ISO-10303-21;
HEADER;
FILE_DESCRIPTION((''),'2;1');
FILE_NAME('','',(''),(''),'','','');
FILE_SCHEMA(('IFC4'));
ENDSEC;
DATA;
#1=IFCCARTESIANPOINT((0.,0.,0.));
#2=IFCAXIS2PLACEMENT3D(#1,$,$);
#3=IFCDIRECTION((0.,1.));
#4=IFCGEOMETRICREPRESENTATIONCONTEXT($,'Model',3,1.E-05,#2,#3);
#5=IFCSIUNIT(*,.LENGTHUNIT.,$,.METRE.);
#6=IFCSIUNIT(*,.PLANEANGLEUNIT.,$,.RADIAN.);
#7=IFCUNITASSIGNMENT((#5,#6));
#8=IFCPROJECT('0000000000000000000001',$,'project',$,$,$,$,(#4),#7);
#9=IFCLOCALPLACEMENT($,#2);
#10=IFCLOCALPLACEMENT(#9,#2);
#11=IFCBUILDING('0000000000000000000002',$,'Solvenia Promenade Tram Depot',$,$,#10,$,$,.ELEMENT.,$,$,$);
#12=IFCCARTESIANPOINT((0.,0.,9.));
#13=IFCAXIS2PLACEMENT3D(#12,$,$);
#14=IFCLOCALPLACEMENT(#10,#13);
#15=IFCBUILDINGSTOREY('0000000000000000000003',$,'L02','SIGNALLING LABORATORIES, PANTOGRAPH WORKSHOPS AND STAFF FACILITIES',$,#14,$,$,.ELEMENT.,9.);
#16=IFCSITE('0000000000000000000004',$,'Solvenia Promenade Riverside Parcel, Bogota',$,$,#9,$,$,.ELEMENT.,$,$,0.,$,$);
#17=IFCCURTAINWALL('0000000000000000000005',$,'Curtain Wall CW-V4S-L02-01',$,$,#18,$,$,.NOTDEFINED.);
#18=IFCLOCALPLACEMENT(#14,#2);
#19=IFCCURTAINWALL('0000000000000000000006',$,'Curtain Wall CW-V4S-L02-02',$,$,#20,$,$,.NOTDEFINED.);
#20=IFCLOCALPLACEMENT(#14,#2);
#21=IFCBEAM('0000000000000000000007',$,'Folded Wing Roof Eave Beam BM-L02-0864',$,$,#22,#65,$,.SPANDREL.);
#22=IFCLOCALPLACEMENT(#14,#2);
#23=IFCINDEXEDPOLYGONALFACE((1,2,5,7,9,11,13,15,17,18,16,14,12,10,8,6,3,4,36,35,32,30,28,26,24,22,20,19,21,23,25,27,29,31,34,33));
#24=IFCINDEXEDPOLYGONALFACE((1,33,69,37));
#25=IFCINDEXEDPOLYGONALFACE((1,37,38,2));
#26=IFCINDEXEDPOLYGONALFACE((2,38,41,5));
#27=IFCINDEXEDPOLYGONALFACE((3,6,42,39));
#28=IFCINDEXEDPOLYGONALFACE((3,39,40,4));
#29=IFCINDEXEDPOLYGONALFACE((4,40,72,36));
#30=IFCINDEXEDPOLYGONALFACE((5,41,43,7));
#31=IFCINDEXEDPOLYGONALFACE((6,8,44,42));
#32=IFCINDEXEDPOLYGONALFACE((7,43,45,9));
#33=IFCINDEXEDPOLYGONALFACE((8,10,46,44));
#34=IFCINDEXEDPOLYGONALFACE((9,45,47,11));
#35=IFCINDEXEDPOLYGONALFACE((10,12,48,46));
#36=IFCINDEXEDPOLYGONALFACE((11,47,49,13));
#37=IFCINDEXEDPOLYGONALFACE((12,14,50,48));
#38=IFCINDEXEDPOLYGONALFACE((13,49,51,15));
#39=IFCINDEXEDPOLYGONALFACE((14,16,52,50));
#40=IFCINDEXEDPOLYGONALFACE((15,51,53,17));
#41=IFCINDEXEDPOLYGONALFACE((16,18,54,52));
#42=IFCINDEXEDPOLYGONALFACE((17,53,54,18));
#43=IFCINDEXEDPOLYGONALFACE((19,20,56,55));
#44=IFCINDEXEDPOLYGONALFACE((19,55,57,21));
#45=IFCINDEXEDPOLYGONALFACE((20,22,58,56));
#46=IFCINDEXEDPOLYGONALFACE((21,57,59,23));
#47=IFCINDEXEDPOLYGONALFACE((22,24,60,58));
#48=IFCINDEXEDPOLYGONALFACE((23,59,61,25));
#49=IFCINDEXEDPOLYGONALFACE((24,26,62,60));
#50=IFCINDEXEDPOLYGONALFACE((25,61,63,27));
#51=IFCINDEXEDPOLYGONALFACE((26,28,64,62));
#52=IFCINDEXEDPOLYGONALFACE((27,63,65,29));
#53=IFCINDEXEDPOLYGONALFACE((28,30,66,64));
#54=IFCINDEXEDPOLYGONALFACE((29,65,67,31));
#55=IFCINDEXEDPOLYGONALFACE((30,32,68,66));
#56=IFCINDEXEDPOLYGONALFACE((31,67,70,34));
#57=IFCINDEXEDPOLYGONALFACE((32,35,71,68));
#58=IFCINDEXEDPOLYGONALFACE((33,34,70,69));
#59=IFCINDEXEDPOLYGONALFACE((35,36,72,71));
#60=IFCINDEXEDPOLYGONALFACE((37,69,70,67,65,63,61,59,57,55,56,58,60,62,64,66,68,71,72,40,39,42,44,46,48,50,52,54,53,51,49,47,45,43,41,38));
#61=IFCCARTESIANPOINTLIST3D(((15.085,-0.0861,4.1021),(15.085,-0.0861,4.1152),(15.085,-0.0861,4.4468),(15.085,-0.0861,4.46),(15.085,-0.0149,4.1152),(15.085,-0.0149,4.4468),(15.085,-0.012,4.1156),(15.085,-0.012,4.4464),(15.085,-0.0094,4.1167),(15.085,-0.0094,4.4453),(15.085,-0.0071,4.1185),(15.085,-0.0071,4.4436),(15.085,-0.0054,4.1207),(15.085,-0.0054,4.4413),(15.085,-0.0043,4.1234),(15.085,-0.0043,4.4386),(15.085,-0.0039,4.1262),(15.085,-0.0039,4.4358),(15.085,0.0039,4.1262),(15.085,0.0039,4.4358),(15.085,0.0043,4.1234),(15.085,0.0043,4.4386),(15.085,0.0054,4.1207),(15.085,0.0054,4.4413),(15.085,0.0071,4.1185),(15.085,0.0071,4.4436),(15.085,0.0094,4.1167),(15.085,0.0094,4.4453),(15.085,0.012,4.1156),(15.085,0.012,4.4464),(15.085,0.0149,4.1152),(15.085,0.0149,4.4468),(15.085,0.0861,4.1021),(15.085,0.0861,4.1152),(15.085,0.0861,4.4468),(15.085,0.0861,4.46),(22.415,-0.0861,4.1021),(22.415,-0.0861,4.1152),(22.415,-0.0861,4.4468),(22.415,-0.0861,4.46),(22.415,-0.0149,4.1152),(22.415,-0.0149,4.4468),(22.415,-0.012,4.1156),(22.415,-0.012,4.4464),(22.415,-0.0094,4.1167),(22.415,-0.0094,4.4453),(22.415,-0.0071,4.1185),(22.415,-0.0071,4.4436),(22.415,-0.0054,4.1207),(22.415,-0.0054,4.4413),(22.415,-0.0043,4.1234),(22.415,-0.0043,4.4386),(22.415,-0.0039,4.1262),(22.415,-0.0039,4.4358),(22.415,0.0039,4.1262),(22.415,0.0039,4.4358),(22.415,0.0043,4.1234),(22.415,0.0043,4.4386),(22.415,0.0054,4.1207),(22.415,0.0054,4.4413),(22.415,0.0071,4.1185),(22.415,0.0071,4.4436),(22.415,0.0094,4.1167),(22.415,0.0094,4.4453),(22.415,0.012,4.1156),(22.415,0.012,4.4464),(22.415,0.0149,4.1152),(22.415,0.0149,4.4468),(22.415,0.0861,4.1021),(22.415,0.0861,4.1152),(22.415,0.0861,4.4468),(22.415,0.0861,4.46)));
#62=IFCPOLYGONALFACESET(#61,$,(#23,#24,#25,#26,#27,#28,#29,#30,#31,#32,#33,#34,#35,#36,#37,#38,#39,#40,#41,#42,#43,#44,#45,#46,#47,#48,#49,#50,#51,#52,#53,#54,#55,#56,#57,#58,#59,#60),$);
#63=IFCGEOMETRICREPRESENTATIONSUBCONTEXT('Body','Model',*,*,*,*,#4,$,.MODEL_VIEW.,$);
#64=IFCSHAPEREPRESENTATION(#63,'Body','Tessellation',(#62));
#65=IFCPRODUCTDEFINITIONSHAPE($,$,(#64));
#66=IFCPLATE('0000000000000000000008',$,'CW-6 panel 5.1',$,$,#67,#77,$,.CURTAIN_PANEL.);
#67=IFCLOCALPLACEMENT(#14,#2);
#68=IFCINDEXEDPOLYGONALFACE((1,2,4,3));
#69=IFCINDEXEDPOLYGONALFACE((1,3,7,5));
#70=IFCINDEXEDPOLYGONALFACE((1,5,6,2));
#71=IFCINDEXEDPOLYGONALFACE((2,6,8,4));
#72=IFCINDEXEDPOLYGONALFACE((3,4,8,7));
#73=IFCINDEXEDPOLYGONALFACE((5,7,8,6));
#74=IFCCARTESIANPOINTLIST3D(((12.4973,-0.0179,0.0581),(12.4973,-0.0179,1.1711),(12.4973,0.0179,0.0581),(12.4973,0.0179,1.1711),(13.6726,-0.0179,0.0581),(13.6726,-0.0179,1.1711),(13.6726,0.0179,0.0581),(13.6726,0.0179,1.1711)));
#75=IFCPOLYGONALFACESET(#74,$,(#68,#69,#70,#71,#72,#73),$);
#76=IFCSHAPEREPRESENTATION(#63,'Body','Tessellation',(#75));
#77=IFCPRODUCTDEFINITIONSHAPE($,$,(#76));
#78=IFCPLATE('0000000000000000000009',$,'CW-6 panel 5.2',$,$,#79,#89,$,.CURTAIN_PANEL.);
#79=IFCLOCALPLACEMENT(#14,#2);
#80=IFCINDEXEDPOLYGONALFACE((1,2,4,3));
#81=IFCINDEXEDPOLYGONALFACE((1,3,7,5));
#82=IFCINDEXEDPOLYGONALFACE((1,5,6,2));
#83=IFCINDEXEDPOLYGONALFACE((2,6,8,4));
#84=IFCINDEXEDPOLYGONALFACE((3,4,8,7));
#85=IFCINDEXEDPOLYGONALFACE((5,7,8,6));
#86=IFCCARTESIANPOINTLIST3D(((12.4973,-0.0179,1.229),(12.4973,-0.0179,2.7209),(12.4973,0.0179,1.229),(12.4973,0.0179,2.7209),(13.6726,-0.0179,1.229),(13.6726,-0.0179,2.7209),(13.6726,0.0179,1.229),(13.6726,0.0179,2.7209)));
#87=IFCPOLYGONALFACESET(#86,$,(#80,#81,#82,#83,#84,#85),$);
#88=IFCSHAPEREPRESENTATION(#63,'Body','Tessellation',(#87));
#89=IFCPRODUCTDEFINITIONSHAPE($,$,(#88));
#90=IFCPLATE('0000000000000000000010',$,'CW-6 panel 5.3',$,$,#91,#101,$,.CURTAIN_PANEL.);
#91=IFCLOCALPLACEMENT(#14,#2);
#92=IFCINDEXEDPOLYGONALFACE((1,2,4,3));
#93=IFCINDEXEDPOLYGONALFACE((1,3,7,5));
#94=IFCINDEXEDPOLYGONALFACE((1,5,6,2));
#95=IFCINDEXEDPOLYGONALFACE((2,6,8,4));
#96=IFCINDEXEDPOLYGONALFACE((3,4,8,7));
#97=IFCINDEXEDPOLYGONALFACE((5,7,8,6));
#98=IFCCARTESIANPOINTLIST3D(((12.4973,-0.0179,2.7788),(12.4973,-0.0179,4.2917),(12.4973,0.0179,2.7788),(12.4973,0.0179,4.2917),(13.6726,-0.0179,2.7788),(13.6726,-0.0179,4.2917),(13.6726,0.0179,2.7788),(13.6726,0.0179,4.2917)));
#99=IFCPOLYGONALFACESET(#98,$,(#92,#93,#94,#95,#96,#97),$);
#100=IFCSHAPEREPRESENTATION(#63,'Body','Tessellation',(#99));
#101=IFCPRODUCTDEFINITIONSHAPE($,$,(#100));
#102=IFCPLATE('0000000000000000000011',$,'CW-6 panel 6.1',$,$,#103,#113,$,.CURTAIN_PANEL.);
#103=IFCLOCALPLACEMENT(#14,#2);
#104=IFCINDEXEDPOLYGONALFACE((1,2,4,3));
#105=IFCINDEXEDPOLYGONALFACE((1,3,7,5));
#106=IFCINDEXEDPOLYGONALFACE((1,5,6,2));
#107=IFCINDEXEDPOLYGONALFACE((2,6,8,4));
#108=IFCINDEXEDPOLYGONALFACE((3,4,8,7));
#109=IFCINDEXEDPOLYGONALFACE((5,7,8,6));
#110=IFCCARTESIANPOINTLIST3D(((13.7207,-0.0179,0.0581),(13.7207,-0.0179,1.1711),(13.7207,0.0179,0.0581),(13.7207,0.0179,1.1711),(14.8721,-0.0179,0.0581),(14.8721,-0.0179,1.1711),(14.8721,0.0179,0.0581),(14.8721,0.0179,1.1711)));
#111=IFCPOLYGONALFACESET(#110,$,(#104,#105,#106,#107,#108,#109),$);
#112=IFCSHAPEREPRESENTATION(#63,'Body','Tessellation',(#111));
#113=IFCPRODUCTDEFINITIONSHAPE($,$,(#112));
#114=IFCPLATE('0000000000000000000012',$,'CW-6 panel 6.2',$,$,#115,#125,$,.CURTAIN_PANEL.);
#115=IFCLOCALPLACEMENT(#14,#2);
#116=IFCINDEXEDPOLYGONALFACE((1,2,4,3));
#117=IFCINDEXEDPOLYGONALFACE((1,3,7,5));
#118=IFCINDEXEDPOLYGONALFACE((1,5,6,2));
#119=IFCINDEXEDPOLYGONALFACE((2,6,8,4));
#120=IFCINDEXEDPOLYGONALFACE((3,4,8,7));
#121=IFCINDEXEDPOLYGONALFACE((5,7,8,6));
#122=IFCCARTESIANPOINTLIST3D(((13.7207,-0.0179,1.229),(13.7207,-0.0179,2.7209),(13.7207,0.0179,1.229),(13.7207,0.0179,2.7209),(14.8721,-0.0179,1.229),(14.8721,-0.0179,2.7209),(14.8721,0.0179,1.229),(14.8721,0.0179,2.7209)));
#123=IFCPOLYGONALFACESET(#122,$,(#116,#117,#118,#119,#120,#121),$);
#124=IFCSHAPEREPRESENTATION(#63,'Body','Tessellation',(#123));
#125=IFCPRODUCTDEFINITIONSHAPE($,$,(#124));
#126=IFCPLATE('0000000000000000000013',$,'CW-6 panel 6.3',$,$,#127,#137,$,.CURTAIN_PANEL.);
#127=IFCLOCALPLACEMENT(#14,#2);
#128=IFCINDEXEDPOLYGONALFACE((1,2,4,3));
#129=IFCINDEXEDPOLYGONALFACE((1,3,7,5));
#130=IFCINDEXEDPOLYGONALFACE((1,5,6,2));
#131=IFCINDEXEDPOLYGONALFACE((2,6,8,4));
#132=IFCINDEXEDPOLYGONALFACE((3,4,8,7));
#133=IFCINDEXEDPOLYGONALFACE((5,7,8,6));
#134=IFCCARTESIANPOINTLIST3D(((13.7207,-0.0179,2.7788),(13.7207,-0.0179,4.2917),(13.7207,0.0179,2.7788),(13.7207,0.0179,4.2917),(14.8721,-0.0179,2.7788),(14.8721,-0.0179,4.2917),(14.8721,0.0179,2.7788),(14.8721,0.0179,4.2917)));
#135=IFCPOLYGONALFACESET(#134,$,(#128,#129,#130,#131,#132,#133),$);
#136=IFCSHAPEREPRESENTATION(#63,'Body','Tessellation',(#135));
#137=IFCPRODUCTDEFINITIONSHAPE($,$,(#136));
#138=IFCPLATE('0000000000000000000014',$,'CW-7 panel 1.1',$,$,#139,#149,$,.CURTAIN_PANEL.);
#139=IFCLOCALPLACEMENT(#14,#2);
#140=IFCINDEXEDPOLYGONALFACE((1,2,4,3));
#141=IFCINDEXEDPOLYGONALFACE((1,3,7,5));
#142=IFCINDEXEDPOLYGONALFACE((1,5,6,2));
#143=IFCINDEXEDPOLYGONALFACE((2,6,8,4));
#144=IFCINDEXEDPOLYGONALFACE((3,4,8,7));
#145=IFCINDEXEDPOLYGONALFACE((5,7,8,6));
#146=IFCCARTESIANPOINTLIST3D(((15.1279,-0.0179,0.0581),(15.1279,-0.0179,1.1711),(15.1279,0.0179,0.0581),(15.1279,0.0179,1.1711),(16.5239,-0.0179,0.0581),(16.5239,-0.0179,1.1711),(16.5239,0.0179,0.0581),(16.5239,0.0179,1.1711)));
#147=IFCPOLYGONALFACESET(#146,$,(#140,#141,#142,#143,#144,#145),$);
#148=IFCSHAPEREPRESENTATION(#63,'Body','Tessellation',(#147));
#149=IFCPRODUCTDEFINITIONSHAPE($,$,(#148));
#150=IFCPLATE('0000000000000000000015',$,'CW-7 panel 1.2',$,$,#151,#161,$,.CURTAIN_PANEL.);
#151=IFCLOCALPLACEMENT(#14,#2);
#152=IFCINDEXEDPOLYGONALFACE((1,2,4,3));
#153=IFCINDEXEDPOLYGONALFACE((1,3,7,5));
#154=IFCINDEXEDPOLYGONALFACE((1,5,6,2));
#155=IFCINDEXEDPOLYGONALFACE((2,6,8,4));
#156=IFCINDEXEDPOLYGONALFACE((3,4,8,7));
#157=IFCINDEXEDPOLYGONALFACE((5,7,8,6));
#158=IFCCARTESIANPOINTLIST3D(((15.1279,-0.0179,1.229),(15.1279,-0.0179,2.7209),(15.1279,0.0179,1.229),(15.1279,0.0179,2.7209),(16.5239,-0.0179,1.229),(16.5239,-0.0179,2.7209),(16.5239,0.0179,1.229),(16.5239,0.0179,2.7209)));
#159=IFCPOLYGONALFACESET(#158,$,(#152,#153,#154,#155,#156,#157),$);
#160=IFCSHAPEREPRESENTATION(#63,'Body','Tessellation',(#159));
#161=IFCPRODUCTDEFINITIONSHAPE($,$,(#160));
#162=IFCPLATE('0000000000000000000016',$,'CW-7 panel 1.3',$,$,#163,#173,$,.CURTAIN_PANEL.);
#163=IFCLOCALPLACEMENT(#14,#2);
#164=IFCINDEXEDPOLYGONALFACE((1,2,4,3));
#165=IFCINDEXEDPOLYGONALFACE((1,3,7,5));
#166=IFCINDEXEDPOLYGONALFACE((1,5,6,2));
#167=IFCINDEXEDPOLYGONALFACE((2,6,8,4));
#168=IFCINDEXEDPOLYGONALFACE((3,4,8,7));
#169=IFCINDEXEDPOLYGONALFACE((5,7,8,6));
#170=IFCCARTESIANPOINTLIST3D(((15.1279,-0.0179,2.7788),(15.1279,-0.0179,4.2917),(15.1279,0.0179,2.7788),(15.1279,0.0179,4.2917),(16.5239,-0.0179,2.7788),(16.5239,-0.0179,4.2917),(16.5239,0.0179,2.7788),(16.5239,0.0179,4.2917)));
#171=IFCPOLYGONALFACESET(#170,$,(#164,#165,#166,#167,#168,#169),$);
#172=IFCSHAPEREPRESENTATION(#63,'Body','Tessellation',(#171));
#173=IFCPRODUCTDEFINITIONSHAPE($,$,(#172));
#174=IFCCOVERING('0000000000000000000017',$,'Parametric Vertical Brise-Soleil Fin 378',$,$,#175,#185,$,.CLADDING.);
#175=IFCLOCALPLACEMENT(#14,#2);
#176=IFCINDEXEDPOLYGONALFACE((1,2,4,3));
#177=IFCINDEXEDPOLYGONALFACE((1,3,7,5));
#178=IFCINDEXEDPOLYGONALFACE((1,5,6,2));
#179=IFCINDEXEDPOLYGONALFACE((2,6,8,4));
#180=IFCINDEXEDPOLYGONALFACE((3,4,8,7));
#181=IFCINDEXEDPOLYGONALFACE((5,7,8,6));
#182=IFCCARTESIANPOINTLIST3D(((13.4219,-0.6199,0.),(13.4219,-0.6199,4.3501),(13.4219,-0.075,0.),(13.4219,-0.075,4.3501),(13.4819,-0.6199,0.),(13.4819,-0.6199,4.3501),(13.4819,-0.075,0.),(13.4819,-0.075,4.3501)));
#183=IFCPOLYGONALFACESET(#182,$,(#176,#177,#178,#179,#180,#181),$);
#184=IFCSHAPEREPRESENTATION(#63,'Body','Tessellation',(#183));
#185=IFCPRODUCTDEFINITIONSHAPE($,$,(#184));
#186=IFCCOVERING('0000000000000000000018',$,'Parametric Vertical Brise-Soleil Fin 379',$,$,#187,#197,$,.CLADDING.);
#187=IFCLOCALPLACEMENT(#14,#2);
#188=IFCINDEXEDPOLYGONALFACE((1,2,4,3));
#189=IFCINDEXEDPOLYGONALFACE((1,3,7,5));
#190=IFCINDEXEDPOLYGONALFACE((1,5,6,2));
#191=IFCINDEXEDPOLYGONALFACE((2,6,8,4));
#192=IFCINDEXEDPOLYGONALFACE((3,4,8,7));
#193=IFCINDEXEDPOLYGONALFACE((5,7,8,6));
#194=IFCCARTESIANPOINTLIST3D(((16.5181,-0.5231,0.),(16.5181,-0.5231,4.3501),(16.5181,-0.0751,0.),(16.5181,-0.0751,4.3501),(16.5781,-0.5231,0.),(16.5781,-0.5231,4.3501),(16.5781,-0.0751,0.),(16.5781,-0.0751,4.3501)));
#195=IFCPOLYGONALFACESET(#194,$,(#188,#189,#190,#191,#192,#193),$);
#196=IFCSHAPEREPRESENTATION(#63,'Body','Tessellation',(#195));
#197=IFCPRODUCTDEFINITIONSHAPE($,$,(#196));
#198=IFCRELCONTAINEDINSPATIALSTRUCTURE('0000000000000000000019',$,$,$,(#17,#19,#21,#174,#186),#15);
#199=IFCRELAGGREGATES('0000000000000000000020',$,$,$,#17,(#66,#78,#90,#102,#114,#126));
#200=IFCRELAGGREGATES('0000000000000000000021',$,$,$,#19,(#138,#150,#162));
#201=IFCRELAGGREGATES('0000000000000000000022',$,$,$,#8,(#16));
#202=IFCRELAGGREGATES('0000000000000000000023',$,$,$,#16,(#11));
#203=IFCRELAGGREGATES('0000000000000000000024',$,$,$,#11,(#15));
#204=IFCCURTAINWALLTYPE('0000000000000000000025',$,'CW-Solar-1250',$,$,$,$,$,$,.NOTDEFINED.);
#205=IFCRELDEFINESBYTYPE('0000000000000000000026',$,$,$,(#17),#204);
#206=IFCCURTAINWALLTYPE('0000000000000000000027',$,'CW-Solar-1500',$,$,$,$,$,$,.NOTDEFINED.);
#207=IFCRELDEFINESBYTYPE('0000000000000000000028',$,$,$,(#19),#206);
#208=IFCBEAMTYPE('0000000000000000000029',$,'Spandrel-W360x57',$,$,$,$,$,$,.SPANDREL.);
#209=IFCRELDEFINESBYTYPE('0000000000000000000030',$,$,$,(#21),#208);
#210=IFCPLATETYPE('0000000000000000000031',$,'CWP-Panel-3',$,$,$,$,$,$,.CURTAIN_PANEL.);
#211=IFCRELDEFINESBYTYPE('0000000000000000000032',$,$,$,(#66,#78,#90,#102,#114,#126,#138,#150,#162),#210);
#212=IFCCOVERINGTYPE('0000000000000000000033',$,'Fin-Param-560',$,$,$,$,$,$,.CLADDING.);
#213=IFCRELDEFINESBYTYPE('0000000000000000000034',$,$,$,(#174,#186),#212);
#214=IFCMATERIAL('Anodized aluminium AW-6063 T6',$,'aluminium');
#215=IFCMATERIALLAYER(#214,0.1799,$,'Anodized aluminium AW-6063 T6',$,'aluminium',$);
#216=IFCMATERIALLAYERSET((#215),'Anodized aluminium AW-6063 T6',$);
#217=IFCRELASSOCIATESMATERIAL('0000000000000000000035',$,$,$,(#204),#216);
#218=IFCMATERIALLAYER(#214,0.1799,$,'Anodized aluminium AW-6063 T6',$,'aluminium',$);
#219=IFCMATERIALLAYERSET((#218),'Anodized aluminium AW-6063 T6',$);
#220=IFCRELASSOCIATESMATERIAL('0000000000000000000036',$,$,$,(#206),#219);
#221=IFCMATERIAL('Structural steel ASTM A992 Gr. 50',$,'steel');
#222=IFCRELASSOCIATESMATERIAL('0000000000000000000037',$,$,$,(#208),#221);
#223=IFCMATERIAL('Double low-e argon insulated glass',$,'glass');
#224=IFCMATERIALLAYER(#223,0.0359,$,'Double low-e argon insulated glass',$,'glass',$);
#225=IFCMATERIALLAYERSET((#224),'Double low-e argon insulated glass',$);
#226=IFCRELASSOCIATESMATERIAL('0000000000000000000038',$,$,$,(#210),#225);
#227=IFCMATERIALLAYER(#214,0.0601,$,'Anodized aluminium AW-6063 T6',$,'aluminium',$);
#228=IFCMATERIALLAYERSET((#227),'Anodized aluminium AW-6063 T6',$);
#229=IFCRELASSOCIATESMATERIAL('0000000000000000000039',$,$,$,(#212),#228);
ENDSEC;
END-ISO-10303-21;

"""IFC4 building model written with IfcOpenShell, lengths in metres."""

from ifc_helpers import new_model, si_unit, direction, frame, origin, origin_2d, place, context, subcontext, project, spatial, rectangle, i_section, extrude, material, layer, layer_set, material_profile, profile_set, type_object, element, aggregate, save


model = new_model("IFC4")

# Units and contexts
model_context = context("Model", 3, precision=1e-05, world=origin(), true_north=direction((0.0, 1.0)))
body_context = subcontext(model_context, "Body", "Model", "MODEL_VIEW")
ifc_project = project(units=[si_unit("LENGTHUNIT", "METRE"), si_unit("PLANEANGLEUNIT", "RADIAN")], contexts=[model_context])

# Site, building, storey
site_placement = place(None, origin())
site = spatial("IfcSite", under=ifc_project, at=site_placement, Name="Solvenia Promenade Riverside Parcel, Bogota", CompositionType="ELEMENT", RefElevation=0.0)
building_placement = place(site_placement, origin())
building = spatial("IfcBuilding", under=site, at=building_placement, Name="Solvenia Promenade Tram Depot", CompositionType="ELEMENT")
storey_placement = place(building_placement, frame((0.0, 0.0, 9.0)))
storey = spatial("IfcBuildingStorey", under=building, at=storey_placement, Name="L02", Description="SIGNALLING LABORATORIES, PANTOGRAPH WORKSHOPS AND STAFF FACILITIES", CompositionType="ELEMENT", Elevation=9.0)

# Shared definitions
ifc_material_1 = material(Name="Structural steel ASTM A992 Gr. 50", Category="steel")

# Curtain walls
ifc_material_2 = material(Name="Anodized aluminium AW-6063 T6", Category="aluminium")
ifc_layer_1 = layer(ifc_material_2, 0.1799, Name="Anodized aluminium AW-6063 T6", Category="aluminium")
ifc_layer_set_1 = layer_set([ifc_layer_1], Name="Anodized aluminium AW-6063 T6")
curtain_wall_type_1 = type_object("IfcCurtainWallType", Name="CW-Solar-1250", PredefinedType="NOTDEFINED", material=ifc_layer_set_1)
curtain_wall_1_placement = place(storey_placement, origin())
curtain_wall_1 = element("IfcCurtainWall", 1, at=curtain_wall_1_placement, inside=storey, type_object=curtain_wall_type_1, Name="Curtain Wall CW-V4S-L02-01", PredefinedType="NOTDEFINED")
ifc_layer_2 = layer(ifc_material_2, 0.1799, Name="Anodized aluminium AW-6063 T6", Category="aluminium")
ifc_layer_set_2 = layer_set([ifc_layer_2], Name="Anodized aluminium AW-6063 T6")
curtain_wall_type_2 = type_object("IfcCurtainWallType", Name="CW-Solar-1500", PredefinedType="NOTDEFINED", material=ifc_layer_set_2)
curtain_wall_2_placement = place(storey_placement, origin())
curtain_wall_2 = element("IfcCurtainWall", 2, at=curtain_wall_2_placement, inside=storey, type_object=curtain_wall_type_2, Name="Curtain Wall CW-V4S-L02-02", PredefinedType="NOTDEFINED")

# Beam
ifc_material_profile_1 = material_profile(ifc_material_1, i_section(OverallWidth=0.1721, OverallDepth=0.3579, WebThickness=0.0078, FlangeThickness=0.0132, FilletRadius=0.011, at=origin_2d()), Name="W360x57", Category="steel")
ifc_profile_set_1 = profile_set([ifc_material_profile_1], Name="Structural steel ASTM A992 Gr. 50")
beam_type = type_object("IfcBeamType", Name="Spandrel-W360x57", PredefinedType="SPANDREL", material=ifc_profile_set_1)
for number, where, z_axis, x_axis, name in (
    (3, (15.085, 0.0, 4.281), (1.0, 0.0, 0.0), (0.0, 1.0, 0.0), "Folded Wing Roof Eave Beam BM-L02-0864"),
):
    element("IfcBeam", number, at=place(storey_placement, frame(where, z_axis=z_axis, x_axis=x_axis)), inside=storey, type_object=beam_type, Name=name, PredefinedType="SPANDREL", context=body_context, shape_type="SweptSolid", body=[
        extrude(i_section(OverallWidth=0.1721, OverallDepth=0.3579, WebThickness=0.0078, FlangeThickness=0.0132, FilletRadius=0.011, at=origin_2d()), origin(), (0.0, 0.0, 1.0), 7.3301),
    ])

# Plates
ifc_material_3 = material(Name="Double low-e argon insulated glass", Category="glass")
ifc_layer_3 = layer(ifc_material_3, 0.0359, Name="Double low-e argon insulated glass", Category="glass")
ifc_layer_set_3 = layer_set([ifc_layer_3], Name="Double low-e argon insulated glass")
plate_type = type_object("IfcPlateType", Name="CWP-Panel-3", PredefinedType="CURTAIN_PANEL", material=ifc_layer_set_3)
plate_1_placement = place(storey_placement, frame((13.085, 0.0, 0.0581), z_axis=(0.0, 0.0, 1.0), x_axis=(1.0, 0.0, 0.0)))
plate_1 = element("IfcPlate", 4, at=plate_1_placement, type_object=plate_type, Name="CW-6 panel 5.1", PredefinedType="CURTAIN_PANEL", context=body_context, shape_type="SweptSolid", body=[
    extrude(rectangle(XDim=1.1753, YDim=0.0359, at=origin_2d()), origin(), (0.0, 0.0, 1.0), 1.113),
])
plate_2_placement = place(storey_placement, frame((13.085, 0.0, 1.229), z_axis=(0.0, 0.0, 1.0), x_axis=(1.0, 0.0, 0.0)))
plate_2 = element("IfcPlate", 5, at=plate_2_placement, type_object=plate_type, Name="CW-6 panel 5.2", PredefinedType="CURTAIN_PANEL", context=body_context, shape_type="SweptSolid", body=[
    extrude(rectangle(XDim=1.1753, YDim=0.0359, at=origin_2d()), origin(), (0.0, 0.0, 1.0), 1.4919),
])
plate_3_placement = place(storey_placement, frame((13.085, 0.0, 2.7788), z_axis=(0.0, 0.0, 1.0), x_axis=(1.0, 0.0, 0.0)))
plate_3 = element("IfcPlate", 6, at=plate_3_placement, type_object=plate_type, Name="CW-6 panel 5.3", PredefinedType="CURTAIN_PANEL", context=body_context, shape_type="SweptSolid", body=[
    extrude(rectangle(XDim=1.1753, YDim=0.0359, at=origin_2d()), origin(), (0.0, 0.0, 1.0), 1.5129),
])
plate_4_placement = place(storey_placement, frame((14.2964, 0.0, 0.0581), z_axis=(0.0, 0.0, 1.0), x_axis=(1.0, 0.0, 0.0)))
plate_4 = element("IfcPlate", 7, at=plate_4_placement, type_object=plate_type, Name="CW-6 panel 6.1", PredefinedType="CURTAIN_PANEL", context=body_context, shape_type="SweptSolid", body=[
    extrude(rectangle(XDim=1.1514, YDim=0.0359, at=origin_2d()), origin(), (0.0, 0.0, 1.0), 1.113),
])
plate_5_placement = place(storey_placement, frame((14.2964, 0.0, 1.229), z_axis=(0.0, 0.0, 1.0), x_axis=(1.0, 0.0, 0.0)))
plate_5 = element("IfcPlate", 8, at=plate_5_placement, type_object=plate_type, Name="CW-6 panel 6.2", PredefinedType="CURTAIN_PANEL", context=body_context, shape_type="SweptSolid", body=[
    extrude(rectangle(XDim=1.1514, YDim=0.0359, at=origin_2d()), origin(), (0.0, 0.0, 1.0), 1.4919),
])
plate_6_placement = place(storey_placement, frame((14.2964, 0.0, 2.7788), z_axis=(0.0, 0.0, 1.0), x_axis=(1.0, 0.0, 0.0)))
plate_6 = element("IfcPlate", 9, at=plate_6_placement, type_object=plate_type, Name="CW-6 panel 6.3", PredefinedType="CURTAIN_PANEL", context=body_context, shape_type="SweptSolid", body=[
    extrude(rectangle(XDim=1.1514, YDim=0.0359, at=origin_2d()), origin(), (0.0, 0.0, 1.0), 1.5129),
])
aggregate(curtain_wall_1, [plate_1, plate_2, plate_3, plate_4, plate_5, plate_6])
plate_7_placement = place(storey_placement, frame((15.8259, 0.0, 0.0581), z_axis=(0.0, 0.0, 1.0), x_axis=(1.0, 0.0, 0.0)))
plate_7 = element("IfcPlate", 10, at=plate_7_placement, type_object=plate_type, Name="CW-7 panel 1.1", PredefinedType="CURTAIN_PANEL", context=body_context, shape_type="SweptSolid", body=[
    extrude(rectangle(XDim=1.396, YDim=0.0359, at=origin_2d()), origin(), (0.0, 0.0, 1.0), 1.113),
])
plate_8_placement = place(storey_placement, frame((15.8259, 0.0, 1.229), z_axis=(0.0, 0.0, 1.0), x_axis=(1.0, 0.0, 0.0)))
plate_8 = element("IfcPlate", 11, at=plate_8_placement, type_object=plate_type, Name="CW-7 panel 1.2", PredefinedType="CURTAIN_PANEL", context=body_context, shape_type="SweptSolid", body=[
    extrude(rectangle(XDim=1.396, YDim=0.0359, at=origin_2d()), origin(), (0.0, 0.0, 1.0), 1.4919),
])
plate_9_placement = place(storey_placement, frame((15.8259, 0.0, 2.7788), z_axis=(0.0, 0.0, 1.0), x_axis=(1.0, 0.0, 0.0)))
plate_9 = element("IfcPlate", 12, at=plate_9_placement, type_object=plate_type, Name="CW-7 panel 1.3", PredefinedType="CURTAIN_PANEL", context=body_context, shape_type="SweptSolid", body=[
    extrude(rectangle(XDim=1.396, YDim=0.0359, at=origin_2d()), origin(), (0.0, 0.0, 1.0), 1.5129),
])
aggregate(curtain_wall_2, [plate_7, plate_8, plate_9])

# Coverings
ifc_layer_4 = layer(ifc_material_2, 0.0601, Name="Anodized aluminium AW-6063 T6", Category="aluminium")
ifc_layer_set_4 = layer_set([ifc_layer_4], Name="Anodized aluminium AW-6063 T6")
covering_type = type_object("IfcCoveringType", Name="Fin-Param-560", PredefinedType="CLADDING", material=ifc_layer_set_4)
covering_1_placement = place(storey_placement, frame((13.4519, -0.3474, 0.0), z_axis=(0.0, 0.0, 1.0), x_axis=(1.0, 0.0, 0.0)))
element("IfcCovering", 13, at=covering_1_placement, inside=storey, type_object=covering_type, Name="Parametric Vertical Brise-Soleil Fin 378", PredefinedType="CLADDING", context=body_context, shape_type="SweptSolid", body=[
    extrude(rectangle(XDim=0.0601, YDim=0.5449, at=origin_2d()), origin(), (0.0, 0.0, 1.0), 4.3501),
])
covering_2_placement = place(storey_placement, frame((16.5481, -0.2991, 0.0), z_axis=(0.0, 0.0, 1.0), x_axis=(1.0, 0.0, 0.0)))
element("IfcCovering", 14, at=covering_2_placement, inside=storey, type_object=covering_type, Name="Parametric Vertical Brise-Soleil Fin 379", PredefinedType="CLADDING", context=body_context, shape_type="SweptSolid", body=[
    extrude(rectangle(XDim=0.0601, YDim=0.448, at=origin_2d()), origin(), (0.0, 0.0, 1.0), 4.3501),
])

save(model, "model.ifc")
